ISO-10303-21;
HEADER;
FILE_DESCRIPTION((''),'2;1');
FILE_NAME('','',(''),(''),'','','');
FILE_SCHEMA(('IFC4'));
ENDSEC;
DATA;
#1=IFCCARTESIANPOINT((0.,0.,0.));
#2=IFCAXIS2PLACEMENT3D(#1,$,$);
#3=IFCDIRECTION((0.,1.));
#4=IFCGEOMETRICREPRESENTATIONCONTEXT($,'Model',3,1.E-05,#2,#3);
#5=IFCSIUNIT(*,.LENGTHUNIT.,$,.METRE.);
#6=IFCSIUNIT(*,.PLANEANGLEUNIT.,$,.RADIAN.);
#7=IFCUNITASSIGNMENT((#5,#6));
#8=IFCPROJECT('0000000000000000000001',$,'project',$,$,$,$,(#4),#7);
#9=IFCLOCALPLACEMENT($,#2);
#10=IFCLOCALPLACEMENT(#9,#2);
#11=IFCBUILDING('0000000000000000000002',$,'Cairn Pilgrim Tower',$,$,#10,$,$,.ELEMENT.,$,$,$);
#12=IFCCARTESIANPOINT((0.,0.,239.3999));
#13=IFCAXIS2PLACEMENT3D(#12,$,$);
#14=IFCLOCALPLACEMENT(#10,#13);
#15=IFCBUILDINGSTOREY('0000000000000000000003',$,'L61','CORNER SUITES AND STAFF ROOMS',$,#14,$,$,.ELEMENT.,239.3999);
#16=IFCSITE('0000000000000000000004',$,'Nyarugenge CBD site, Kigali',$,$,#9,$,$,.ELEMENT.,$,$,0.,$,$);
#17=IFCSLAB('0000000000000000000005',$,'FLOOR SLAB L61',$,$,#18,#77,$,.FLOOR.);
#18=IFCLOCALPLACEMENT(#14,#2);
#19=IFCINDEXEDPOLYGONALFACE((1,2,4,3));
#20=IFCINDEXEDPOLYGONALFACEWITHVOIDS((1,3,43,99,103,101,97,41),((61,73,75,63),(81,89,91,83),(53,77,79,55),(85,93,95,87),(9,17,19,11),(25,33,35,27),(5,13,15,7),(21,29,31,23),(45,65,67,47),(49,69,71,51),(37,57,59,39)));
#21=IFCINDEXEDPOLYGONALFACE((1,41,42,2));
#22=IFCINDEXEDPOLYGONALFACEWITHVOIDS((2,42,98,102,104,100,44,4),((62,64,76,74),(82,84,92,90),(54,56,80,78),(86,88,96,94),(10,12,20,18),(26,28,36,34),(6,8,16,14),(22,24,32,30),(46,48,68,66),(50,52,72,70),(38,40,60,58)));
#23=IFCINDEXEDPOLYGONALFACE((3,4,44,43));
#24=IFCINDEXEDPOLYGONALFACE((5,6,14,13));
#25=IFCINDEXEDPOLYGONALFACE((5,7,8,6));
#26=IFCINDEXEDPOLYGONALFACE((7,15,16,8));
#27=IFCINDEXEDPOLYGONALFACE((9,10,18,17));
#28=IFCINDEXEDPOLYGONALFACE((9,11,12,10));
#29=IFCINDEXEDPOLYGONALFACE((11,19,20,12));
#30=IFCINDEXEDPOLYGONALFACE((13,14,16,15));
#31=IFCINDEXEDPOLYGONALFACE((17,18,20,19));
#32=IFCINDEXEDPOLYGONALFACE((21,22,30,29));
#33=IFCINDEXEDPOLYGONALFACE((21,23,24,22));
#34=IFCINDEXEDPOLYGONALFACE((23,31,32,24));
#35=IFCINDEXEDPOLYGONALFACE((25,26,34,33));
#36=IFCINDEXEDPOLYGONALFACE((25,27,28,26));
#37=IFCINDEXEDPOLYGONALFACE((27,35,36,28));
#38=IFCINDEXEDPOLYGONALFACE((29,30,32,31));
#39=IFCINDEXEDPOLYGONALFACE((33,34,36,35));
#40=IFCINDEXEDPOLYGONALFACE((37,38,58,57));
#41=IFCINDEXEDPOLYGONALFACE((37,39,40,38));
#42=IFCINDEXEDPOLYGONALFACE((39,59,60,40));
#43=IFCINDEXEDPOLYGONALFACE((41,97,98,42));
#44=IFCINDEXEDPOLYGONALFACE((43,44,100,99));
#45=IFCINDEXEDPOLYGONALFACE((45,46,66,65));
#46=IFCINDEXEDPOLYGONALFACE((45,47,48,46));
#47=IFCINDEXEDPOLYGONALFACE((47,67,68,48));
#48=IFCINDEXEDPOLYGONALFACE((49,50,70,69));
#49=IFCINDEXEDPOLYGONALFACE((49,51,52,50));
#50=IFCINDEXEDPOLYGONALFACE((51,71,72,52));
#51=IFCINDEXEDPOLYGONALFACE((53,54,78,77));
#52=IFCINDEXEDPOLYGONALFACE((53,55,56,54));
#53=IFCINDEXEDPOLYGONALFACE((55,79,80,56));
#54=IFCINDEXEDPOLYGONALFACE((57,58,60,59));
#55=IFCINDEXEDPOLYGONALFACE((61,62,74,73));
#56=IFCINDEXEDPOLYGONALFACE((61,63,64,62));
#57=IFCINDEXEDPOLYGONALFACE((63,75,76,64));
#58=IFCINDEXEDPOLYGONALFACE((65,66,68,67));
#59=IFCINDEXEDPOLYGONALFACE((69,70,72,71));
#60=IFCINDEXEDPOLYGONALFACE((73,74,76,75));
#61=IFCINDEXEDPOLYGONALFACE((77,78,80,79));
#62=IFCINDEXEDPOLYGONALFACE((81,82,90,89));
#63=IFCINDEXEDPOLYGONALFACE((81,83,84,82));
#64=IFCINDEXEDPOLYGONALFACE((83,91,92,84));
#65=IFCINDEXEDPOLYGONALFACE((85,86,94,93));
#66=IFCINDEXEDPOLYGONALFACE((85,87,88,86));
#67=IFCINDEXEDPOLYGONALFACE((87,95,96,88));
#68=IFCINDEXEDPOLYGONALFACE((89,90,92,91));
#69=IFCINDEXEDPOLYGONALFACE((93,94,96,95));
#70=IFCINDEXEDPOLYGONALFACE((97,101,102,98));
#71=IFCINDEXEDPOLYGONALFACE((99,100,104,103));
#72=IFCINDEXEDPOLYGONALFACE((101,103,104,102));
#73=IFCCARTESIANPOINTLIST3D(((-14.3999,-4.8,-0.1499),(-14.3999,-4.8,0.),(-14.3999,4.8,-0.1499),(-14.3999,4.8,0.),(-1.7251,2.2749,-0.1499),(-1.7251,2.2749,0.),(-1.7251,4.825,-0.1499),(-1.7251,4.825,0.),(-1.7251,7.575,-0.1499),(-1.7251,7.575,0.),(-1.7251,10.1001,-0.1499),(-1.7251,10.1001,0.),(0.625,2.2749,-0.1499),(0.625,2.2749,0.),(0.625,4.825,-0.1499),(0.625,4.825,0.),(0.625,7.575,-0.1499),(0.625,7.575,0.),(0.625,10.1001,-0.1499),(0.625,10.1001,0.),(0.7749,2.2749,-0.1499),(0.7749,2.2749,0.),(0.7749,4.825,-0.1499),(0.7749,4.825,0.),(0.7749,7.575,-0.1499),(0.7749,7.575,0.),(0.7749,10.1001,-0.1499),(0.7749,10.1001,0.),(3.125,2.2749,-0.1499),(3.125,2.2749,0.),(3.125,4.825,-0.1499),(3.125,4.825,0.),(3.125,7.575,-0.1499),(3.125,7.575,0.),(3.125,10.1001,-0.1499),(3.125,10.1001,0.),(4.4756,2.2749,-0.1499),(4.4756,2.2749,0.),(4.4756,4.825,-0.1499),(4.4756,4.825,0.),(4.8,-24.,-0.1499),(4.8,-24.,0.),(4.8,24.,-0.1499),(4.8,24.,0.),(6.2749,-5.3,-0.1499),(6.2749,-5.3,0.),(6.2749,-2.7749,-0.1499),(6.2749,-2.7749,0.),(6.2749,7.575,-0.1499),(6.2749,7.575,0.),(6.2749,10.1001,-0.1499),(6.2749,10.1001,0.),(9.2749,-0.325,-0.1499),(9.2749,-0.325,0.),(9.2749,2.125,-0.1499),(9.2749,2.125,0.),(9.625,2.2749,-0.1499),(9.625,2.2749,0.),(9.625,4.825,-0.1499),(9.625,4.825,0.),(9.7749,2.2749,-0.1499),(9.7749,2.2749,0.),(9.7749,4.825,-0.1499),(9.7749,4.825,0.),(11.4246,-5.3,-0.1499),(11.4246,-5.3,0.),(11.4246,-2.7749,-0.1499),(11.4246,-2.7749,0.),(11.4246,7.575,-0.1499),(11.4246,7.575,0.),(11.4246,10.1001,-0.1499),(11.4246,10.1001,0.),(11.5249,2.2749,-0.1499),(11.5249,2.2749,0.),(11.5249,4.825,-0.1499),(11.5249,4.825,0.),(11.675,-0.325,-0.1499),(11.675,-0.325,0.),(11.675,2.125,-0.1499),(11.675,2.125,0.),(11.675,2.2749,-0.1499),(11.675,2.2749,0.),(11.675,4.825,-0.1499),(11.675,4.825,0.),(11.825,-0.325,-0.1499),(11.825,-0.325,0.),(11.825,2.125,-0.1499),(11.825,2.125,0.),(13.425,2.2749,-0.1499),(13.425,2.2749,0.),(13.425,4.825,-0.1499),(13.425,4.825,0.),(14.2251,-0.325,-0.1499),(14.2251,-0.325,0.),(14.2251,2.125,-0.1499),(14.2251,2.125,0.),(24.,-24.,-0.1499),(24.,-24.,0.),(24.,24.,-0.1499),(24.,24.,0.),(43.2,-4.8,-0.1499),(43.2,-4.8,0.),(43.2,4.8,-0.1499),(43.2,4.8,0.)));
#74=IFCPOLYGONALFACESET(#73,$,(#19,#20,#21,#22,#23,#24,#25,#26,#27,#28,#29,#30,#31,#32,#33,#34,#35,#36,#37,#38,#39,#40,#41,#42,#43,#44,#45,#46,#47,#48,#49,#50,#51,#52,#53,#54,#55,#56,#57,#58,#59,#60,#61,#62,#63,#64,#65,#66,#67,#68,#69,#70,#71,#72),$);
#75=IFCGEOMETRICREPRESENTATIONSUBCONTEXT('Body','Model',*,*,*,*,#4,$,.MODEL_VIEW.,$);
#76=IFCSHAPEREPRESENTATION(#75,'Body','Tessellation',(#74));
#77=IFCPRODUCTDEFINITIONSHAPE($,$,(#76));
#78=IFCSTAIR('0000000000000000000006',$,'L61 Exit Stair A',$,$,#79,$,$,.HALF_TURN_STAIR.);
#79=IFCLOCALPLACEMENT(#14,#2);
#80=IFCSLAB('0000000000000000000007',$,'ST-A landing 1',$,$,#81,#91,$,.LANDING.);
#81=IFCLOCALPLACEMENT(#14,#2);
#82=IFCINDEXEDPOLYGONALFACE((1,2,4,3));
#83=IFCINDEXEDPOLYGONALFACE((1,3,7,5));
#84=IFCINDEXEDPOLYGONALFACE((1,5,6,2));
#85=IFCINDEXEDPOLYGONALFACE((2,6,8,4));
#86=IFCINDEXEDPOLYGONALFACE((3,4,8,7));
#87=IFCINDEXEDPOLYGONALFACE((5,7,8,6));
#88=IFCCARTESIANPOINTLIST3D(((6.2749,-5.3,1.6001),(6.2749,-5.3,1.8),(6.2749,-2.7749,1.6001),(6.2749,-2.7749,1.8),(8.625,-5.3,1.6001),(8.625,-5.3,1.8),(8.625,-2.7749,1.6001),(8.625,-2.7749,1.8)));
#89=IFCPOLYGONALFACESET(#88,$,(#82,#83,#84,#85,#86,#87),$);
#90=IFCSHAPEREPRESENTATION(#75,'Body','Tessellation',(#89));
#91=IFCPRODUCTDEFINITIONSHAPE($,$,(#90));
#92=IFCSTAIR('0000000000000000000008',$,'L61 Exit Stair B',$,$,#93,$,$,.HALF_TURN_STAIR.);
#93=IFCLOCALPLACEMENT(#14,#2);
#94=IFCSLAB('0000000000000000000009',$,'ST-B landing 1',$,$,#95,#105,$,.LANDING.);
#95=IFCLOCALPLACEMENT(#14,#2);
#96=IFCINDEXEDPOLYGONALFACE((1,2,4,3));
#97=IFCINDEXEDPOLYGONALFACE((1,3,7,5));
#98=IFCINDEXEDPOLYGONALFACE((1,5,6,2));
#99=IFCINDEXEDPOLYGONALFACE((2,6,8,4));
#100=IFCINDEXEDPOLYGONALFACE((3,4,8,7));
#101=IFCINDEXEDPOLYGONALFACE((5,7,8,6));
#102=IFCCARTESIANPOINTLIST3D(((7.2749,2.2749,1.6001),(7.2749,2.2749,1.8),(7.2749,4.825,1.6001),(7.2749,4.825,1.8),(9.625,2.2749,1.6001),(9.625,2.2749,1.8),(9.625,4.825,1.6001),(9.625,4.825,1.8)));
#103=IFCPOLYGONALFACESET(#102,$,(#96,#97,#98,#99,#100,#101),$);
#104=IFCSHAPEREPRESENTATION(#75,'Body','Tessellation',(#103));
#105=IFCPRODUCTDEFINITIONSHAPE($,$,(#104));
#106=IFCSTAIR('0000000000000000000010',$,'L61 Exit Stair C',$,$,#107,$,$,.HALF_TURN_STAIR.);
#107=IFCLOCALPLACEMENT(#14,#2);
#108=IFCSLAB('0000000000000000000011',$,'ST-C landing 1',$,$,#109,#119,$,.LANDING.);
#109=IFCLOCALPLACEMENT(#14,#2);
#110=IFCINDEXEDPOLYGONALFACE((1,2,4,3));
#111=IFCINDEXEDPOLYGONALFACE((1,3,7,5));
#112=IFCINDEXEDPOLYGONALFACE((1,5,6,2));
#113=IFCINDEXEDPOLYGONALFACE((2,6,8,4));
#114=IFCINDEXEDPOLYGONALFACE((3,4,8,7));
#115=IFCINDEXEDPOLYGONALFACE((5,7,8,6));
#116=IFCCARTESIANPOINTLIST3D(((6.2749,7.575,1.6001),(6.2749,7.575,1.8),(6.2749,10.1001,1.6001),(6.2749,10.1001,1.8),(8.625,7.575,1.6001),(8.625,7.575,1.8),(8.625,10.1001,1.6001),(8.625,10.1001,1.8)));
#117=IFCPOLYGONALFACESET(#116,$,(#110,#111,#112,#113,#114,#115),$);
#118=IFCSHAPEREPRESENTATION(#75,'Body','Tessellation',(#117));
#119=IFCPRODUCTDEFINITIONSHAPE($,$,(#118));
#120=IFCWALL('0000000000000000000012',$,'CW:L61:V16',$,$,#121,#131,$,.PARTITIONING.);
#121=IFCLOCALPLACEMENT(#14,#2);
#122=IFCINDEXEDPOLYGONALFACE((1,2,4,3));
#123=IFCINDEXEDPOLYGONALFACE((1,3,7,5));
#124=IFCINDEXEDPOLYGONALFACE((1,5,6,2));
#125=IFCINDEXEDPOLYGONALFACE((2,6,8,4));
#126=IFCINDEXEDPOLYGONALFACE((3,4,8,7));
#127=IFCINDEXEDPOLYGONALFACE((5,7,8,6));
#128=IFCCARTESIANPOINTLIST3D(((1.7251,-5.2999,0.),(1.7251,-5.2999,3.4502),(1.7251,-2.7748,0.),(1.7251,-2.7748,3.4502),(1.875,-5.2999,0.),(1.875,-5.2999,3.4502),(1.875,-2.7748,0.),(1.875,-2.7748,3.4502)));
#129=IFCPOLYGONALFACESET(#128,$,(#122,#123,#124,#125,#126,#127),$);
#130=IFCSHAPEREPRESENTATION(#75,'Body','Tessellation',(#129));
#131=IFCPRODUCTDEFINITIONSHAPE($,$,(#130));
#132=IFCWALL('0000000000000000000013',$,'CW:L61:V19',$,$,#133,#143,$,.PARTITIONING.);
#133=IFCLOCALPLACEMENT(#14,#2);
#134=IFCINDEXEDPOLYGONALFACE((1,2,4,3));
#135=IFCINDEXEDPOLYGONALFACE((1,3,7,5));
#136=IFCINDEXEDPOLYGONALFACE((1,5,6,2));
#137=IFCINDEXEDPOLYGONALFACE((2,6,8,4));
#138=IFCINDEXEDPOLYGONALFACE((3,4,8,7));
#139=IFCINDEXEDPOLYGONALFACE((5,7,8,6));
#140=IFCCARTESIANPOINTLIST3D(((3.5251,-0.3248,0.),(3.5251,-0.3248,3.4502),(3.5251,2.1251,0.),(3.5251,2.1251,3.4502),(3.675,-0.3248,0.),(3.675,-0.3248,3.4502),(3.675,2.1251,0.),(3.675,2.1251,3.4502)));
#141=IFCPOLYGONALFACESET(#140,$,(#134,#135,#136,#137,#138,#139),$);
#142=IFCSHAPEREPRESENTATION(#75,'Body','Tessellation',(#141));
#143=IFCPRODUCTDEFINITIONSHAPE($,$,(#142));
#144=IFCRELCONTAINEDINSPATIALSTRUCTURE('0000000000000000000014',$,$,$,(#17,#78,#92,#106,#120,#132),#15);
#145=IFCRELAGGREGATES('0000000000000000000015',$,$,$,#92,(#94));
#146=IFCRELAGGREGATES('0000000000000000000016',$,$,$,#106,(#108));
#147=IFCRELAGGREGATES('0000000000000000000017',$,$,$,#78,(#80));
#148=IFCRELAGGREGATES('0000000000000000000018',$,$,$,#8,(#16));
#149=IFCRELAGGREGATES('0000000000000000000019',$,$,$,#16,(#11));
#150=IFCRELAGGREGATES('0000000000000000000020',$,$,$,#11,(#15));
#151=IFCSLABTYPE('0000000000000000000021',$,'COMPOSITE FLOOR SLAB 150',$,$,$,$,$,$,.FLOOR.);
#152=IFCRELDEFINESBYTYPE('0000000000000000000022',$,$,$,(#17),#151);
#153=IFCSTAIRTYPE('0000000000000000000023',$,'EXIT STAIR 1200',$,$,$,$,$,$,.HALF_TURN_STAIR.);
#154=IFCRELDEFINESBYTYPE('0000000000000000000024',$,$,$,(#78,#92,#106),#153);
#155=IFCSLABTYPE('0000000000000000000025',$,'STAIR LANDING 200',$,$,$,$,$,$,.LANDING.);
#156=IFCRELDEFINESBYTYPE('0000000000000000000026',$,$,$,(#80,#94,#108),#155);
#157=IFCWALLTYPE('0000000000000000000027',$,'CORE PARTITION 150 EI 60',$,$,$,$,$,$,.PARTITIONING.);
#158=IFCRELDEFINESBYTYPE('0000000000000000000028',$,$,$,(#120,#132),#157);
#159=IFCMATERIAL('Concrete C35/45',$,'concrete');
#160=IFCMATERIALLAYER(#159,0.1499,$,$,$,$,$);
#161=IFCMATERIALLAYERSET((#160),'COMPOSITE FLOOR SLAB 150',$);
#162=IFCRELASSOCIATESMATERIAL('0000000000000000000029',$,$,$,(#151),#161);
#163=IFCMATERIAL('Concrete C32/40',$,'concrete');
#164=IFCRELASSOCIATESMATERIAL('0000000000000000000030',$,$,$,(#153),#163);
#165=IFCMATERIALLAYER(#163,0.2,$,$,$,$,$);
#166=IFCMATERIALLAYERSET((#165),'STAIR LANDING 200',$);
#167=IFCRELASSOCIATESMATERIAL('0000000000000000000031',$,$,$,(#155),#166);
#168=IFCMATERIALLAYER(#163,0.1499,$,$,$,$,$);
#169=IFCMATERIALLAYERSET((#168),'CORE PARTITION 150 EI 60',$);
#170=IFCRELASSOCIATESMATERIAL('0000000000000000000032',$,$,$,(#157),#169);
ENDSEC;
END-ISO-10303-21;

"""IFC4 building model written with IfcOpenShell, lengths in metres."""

from ifc_helpers import new_model, si_unit, direction, frame, frame_2d, origin, place, context, subcontext, project, spatial, polyline, rectangle, outline, extrude, material, layer, layer_set, type_object, element, aggregate, save


model = new_model("IFC4")

# Units and contexts
model_context = context("Model", 3, precision=1e-05, world=origin(), true_north=direction((0.0, 1.0)))
body_context = subcontext(model_context, "Body", "Model", "MODEL_VIEW")
ifc_project = project(units=[si_unit("LENGTHUNIT", "METRE"), si_unit("PLANEANGLEUNIT", "RADIAN")], contexts=[model_context])

# Site, building, storey
site_placement = place(None, origin())
site = spatial("IfcSite", under=ifc_project, at=site_placement, Name="Nyarugenge CBD site, Kigali", CompositionType="ELEMENT", RefElevation=0.0)
building_placement = place(site_placement, origin())
building = spatial("IfcBuilding", under=site, at=building_placement, Name="Cairn Pilgrim Tower", CompositionType="ELEMENT")
storey_placement = place(building_placement, frame((0.0, 0.0, 239.3999)))
storey = spatial("IfcBuildingStorey", under=building, at=storey_placement, Name="L61", Description="CORNER SUITES AND STAFF ROOMS", CompositionType="ELEMENT", Elevation=239.3999)

# Slab
ifc_material_1 = material(Name="Concrete C35/45", Category="concrete")
ifc_layer_1 = layer(ifc_material_1, 0.1499)
ifc_layer_set_1 = layer_set([ifc_layer_1], Name="COMPOSITE FLOOR SLAB 150")
slab_type_1 = type_object("IfcSlabType", Name="COMPOSITE FLOOR SLAB 150", PredefinedType="FLOOR", material=ifc_layer_set_1)
slab_1_placement = place(storey_placement, frame((0.0, 0.0, -0.1499)))
element("IfcSlab", 1, at=slab_1_placement, inside=storey, type_object=slab_type_1, Name="FLOOR SLAB L61", PredefinedType="FLOOR", context=body_context, shape_type="SweptSolid", body=[
    extrude(outline(polyline([(4.8, -24.0), (24.0, -24.0), (43.2, -4.8), (43.2, 4.8), (24.0, 24.0), (4.8, 24.0), (-14.3999, 4.8), (-14.3999, -4.8), (4.8, -24.0)]), holes=[polyline([(9.2749, -0.325), (11.675, -0.325), (11.675, 2.125), (9.2749, 2.125), (9.2749, -0.325)]), polyline([(11.825, -0.325), (14.2251, -0.325), (14.2251, 2.125), (11.825, 2.125), (11.825, -0.325)]), polyline([(-1.7251, 2.2749), (0.625, 2.2749), (0.625, 4.825), (-1.7251, 4.825), (-1.7251, 2.2749)]), polyline([(0.7749, 2.2749), (3.125, 2.2749), (3.125, 4.825), (0.7749, 4.825), (0.7749, 2.2749)]), polyline([(-1.7251, 7.575), (0.625, 7.575), (0.625, 10.1001), (-1.7251, 10.1001), (-1.7251, 7.575)]), polyline([(0.7749, 7.575), (3.125, 7.575), (3.125, 10.1001), (0.7749, 10.1001), (0.7749, 7.575)]), polyline([(9.7749, 2.2749), (11.5249, 2.2749), (11.5249, 4.825), (9.7749, 4.825), (9.7749, 2.2749)]), polyline([(11.675, 2.2749), (13.425, 2.2749), (13.425, 4.825), (11.675, 4.825), (11.675, 2.2749)]), polyline([(11.4246, -2.7749), (6.2749, -2.7749), (6.2749, -5.3), (11.4246, -5.3), (11.4246, -2.7749)]), polyline([(4.4756, 2.2749), (9.625, 2.2749), (9.625, 4.825), (4.4756, 4.825), (4.4756, 2.2749)]), polyline([(11.4246, 10.1001), (6.2749, 10.1001), (6.2749, 7.575), (11.4246, 7.575), (11.4246, 10.1001)])]), origin(), (0.0, 0.0, 1.0), 0.1499),
])

# Stairs, slabs
ifc_material_2 = material(Name="Concrete C32/40", Category="concrete")
stair_type = type_object("IfcStairType", Name="EXIT STAIR 1200", PredefinedType="HALF_TURN_STAIR", material=ifc_material_2)
stair_1_placement = place(storey_placement, origin())
stair_1 = element("IfcStair", 2, at=stair_1_placement, inside=storey, type_object=stair_type, Name="L61 Exit Stair A", PredefinedType="HALF_TURN_STAIR")
ifc_layer_2 = layer(ifc_material_2, 0.2)
ifc_layer_set_2 = layer_set([ifc_layer_2], Name="STAIR LANDING 200")
slab_type_2 = type_object("IfcSlabType", Name="STAIR LANDING 200", PredefinedType="LANDING", material=ifc_layer_set_2)
slab_2_placement = place(storey_placement, frame((0.0, 0.0, 1.6001)))
slab_2 = element("IfcSlab", 3, at=slab_2_placement, type_object=slab_type_2, Name="ST-A landing 1", PredefinedType="LANDING", context=body_context, shape_type="SweptSolid", body=[
    extrude(outline(polyline([(8.625, -2.7749), (6.2749, -2.7749), (6.2749, -5.3), (8.625, -5.3), (8.625, -2.7749)])), origin(), (0.0, 0.0, 1.0), 0.2),
])
stair_2_placement = place(storey_placement, origin())
stair_2 = element("IfcStair", 4, at=stair_2_placement, inside=storey, type_object=stair_type, Name="L61 Exit Stair B", PredefinedType="HALF_TURN_STAIR")
slab_3_placement = place(storey_placement, frame((0.0, 0.0, 1.6001)))
slab_3 = element("IfcSlab", 5, at=slab_3_placement, type_object=slab_type_2, Name="ST-B landing 1", PredefinedType="LANDING", context=body_context, shape_type="SweptSolid", body=[
    extrude(outline(polyline([(7.2749, 2.2749), (9.625, 2.2749), (9.625, 4.825), (7.2749, 4.825), (7.2749, 2.2749)])), origin(), (0.0, 0.0, 1.0), 0.2),
])
aggregate(stair_2, [slab_3])
stair_3_placement = place(storey_placement, origin())
stair_3 = element("IfcStair", 6, at=stair_3_placement, inside=storey, type_object=stair_type, Name="L61 Exit Stair C", PredefinedType="HALF_TURN_STAIR")
slab_4_placement = place(storey_placement, frame((0.0, 0.0, 1.6001)))
slab_4 = element("IfcSlab", 7, at=slab_4_placement, type_object=slab_type_2, Name="ST-C landing 1", PredefinedType="LANDING", context=body_context, shape_type="SweptSolid", body=[
    extrude(outline(polyline([(8.625, 10.1001), (6.2749, 10.1001), (6.2749, 7.575), (8.625, 7.575), (8.625, 10.1001)])), origin(), (0.0, 0.0, 1.0), 0.2),
])
aggregate(stair_3, [slab_4])

# Walls
ifc_layer_3 = layer(ifc_material_2, 0.1499)
ifc_layer_set_3 = layer_set([ifc_layer_3], Name="CORE PARTITION 150 EI 60")
wall_type_1 = type_object("IfcWallType", Name="CORE PARTITION 150 EI 60", PredefinedType="PARTITIONING", material=ifc_layer_set_3)
wall_1_placement = place(storey_placement, frame((1.8, -5.3, 0.0), z_axis=(0.0, 0.0, 1.0), x_axis=(0.0, 1.0, 0.0)))
element("IfcWall", 8, at=wall_1_placement, inside=storey, type_object=wall_type_1, Name="CW:L61:V16", PredefinedType="PARTITIONING", context=body_context, shape_type="SweptSolid", body=[
    extrude(rectangle(XDim=2.5251, YDim=0.1499, at=frame_2d((1.2627, 0.0))), origin(), (0.0, 0.0, 1.0), 3.4502),
])
wall_2_placement = place(storey_placement, frame((3.6001, -0.325, 0.0), z_axis=(0.0, 0.0, 1.0), x_axis=(0.0, 1.0, 0.0)))
element("IfcWall", 9, at=wall_2_placement, inside=storey, type_object=wall_type_1, Name="CW:L61:V19", PredefinedType="PARTITIONING", context=body_context, shape_type="SweptSolid", body=[
    extrude(rectangle(XDim=2.45, YDim=0.1499, at=frame_2d((1.2251, 0.0))), origin(), (0.0, 0.0, 1.0), 3.4502),
])

aggregate(stair_1, [slab_2])

save(model, "model.ifc")
